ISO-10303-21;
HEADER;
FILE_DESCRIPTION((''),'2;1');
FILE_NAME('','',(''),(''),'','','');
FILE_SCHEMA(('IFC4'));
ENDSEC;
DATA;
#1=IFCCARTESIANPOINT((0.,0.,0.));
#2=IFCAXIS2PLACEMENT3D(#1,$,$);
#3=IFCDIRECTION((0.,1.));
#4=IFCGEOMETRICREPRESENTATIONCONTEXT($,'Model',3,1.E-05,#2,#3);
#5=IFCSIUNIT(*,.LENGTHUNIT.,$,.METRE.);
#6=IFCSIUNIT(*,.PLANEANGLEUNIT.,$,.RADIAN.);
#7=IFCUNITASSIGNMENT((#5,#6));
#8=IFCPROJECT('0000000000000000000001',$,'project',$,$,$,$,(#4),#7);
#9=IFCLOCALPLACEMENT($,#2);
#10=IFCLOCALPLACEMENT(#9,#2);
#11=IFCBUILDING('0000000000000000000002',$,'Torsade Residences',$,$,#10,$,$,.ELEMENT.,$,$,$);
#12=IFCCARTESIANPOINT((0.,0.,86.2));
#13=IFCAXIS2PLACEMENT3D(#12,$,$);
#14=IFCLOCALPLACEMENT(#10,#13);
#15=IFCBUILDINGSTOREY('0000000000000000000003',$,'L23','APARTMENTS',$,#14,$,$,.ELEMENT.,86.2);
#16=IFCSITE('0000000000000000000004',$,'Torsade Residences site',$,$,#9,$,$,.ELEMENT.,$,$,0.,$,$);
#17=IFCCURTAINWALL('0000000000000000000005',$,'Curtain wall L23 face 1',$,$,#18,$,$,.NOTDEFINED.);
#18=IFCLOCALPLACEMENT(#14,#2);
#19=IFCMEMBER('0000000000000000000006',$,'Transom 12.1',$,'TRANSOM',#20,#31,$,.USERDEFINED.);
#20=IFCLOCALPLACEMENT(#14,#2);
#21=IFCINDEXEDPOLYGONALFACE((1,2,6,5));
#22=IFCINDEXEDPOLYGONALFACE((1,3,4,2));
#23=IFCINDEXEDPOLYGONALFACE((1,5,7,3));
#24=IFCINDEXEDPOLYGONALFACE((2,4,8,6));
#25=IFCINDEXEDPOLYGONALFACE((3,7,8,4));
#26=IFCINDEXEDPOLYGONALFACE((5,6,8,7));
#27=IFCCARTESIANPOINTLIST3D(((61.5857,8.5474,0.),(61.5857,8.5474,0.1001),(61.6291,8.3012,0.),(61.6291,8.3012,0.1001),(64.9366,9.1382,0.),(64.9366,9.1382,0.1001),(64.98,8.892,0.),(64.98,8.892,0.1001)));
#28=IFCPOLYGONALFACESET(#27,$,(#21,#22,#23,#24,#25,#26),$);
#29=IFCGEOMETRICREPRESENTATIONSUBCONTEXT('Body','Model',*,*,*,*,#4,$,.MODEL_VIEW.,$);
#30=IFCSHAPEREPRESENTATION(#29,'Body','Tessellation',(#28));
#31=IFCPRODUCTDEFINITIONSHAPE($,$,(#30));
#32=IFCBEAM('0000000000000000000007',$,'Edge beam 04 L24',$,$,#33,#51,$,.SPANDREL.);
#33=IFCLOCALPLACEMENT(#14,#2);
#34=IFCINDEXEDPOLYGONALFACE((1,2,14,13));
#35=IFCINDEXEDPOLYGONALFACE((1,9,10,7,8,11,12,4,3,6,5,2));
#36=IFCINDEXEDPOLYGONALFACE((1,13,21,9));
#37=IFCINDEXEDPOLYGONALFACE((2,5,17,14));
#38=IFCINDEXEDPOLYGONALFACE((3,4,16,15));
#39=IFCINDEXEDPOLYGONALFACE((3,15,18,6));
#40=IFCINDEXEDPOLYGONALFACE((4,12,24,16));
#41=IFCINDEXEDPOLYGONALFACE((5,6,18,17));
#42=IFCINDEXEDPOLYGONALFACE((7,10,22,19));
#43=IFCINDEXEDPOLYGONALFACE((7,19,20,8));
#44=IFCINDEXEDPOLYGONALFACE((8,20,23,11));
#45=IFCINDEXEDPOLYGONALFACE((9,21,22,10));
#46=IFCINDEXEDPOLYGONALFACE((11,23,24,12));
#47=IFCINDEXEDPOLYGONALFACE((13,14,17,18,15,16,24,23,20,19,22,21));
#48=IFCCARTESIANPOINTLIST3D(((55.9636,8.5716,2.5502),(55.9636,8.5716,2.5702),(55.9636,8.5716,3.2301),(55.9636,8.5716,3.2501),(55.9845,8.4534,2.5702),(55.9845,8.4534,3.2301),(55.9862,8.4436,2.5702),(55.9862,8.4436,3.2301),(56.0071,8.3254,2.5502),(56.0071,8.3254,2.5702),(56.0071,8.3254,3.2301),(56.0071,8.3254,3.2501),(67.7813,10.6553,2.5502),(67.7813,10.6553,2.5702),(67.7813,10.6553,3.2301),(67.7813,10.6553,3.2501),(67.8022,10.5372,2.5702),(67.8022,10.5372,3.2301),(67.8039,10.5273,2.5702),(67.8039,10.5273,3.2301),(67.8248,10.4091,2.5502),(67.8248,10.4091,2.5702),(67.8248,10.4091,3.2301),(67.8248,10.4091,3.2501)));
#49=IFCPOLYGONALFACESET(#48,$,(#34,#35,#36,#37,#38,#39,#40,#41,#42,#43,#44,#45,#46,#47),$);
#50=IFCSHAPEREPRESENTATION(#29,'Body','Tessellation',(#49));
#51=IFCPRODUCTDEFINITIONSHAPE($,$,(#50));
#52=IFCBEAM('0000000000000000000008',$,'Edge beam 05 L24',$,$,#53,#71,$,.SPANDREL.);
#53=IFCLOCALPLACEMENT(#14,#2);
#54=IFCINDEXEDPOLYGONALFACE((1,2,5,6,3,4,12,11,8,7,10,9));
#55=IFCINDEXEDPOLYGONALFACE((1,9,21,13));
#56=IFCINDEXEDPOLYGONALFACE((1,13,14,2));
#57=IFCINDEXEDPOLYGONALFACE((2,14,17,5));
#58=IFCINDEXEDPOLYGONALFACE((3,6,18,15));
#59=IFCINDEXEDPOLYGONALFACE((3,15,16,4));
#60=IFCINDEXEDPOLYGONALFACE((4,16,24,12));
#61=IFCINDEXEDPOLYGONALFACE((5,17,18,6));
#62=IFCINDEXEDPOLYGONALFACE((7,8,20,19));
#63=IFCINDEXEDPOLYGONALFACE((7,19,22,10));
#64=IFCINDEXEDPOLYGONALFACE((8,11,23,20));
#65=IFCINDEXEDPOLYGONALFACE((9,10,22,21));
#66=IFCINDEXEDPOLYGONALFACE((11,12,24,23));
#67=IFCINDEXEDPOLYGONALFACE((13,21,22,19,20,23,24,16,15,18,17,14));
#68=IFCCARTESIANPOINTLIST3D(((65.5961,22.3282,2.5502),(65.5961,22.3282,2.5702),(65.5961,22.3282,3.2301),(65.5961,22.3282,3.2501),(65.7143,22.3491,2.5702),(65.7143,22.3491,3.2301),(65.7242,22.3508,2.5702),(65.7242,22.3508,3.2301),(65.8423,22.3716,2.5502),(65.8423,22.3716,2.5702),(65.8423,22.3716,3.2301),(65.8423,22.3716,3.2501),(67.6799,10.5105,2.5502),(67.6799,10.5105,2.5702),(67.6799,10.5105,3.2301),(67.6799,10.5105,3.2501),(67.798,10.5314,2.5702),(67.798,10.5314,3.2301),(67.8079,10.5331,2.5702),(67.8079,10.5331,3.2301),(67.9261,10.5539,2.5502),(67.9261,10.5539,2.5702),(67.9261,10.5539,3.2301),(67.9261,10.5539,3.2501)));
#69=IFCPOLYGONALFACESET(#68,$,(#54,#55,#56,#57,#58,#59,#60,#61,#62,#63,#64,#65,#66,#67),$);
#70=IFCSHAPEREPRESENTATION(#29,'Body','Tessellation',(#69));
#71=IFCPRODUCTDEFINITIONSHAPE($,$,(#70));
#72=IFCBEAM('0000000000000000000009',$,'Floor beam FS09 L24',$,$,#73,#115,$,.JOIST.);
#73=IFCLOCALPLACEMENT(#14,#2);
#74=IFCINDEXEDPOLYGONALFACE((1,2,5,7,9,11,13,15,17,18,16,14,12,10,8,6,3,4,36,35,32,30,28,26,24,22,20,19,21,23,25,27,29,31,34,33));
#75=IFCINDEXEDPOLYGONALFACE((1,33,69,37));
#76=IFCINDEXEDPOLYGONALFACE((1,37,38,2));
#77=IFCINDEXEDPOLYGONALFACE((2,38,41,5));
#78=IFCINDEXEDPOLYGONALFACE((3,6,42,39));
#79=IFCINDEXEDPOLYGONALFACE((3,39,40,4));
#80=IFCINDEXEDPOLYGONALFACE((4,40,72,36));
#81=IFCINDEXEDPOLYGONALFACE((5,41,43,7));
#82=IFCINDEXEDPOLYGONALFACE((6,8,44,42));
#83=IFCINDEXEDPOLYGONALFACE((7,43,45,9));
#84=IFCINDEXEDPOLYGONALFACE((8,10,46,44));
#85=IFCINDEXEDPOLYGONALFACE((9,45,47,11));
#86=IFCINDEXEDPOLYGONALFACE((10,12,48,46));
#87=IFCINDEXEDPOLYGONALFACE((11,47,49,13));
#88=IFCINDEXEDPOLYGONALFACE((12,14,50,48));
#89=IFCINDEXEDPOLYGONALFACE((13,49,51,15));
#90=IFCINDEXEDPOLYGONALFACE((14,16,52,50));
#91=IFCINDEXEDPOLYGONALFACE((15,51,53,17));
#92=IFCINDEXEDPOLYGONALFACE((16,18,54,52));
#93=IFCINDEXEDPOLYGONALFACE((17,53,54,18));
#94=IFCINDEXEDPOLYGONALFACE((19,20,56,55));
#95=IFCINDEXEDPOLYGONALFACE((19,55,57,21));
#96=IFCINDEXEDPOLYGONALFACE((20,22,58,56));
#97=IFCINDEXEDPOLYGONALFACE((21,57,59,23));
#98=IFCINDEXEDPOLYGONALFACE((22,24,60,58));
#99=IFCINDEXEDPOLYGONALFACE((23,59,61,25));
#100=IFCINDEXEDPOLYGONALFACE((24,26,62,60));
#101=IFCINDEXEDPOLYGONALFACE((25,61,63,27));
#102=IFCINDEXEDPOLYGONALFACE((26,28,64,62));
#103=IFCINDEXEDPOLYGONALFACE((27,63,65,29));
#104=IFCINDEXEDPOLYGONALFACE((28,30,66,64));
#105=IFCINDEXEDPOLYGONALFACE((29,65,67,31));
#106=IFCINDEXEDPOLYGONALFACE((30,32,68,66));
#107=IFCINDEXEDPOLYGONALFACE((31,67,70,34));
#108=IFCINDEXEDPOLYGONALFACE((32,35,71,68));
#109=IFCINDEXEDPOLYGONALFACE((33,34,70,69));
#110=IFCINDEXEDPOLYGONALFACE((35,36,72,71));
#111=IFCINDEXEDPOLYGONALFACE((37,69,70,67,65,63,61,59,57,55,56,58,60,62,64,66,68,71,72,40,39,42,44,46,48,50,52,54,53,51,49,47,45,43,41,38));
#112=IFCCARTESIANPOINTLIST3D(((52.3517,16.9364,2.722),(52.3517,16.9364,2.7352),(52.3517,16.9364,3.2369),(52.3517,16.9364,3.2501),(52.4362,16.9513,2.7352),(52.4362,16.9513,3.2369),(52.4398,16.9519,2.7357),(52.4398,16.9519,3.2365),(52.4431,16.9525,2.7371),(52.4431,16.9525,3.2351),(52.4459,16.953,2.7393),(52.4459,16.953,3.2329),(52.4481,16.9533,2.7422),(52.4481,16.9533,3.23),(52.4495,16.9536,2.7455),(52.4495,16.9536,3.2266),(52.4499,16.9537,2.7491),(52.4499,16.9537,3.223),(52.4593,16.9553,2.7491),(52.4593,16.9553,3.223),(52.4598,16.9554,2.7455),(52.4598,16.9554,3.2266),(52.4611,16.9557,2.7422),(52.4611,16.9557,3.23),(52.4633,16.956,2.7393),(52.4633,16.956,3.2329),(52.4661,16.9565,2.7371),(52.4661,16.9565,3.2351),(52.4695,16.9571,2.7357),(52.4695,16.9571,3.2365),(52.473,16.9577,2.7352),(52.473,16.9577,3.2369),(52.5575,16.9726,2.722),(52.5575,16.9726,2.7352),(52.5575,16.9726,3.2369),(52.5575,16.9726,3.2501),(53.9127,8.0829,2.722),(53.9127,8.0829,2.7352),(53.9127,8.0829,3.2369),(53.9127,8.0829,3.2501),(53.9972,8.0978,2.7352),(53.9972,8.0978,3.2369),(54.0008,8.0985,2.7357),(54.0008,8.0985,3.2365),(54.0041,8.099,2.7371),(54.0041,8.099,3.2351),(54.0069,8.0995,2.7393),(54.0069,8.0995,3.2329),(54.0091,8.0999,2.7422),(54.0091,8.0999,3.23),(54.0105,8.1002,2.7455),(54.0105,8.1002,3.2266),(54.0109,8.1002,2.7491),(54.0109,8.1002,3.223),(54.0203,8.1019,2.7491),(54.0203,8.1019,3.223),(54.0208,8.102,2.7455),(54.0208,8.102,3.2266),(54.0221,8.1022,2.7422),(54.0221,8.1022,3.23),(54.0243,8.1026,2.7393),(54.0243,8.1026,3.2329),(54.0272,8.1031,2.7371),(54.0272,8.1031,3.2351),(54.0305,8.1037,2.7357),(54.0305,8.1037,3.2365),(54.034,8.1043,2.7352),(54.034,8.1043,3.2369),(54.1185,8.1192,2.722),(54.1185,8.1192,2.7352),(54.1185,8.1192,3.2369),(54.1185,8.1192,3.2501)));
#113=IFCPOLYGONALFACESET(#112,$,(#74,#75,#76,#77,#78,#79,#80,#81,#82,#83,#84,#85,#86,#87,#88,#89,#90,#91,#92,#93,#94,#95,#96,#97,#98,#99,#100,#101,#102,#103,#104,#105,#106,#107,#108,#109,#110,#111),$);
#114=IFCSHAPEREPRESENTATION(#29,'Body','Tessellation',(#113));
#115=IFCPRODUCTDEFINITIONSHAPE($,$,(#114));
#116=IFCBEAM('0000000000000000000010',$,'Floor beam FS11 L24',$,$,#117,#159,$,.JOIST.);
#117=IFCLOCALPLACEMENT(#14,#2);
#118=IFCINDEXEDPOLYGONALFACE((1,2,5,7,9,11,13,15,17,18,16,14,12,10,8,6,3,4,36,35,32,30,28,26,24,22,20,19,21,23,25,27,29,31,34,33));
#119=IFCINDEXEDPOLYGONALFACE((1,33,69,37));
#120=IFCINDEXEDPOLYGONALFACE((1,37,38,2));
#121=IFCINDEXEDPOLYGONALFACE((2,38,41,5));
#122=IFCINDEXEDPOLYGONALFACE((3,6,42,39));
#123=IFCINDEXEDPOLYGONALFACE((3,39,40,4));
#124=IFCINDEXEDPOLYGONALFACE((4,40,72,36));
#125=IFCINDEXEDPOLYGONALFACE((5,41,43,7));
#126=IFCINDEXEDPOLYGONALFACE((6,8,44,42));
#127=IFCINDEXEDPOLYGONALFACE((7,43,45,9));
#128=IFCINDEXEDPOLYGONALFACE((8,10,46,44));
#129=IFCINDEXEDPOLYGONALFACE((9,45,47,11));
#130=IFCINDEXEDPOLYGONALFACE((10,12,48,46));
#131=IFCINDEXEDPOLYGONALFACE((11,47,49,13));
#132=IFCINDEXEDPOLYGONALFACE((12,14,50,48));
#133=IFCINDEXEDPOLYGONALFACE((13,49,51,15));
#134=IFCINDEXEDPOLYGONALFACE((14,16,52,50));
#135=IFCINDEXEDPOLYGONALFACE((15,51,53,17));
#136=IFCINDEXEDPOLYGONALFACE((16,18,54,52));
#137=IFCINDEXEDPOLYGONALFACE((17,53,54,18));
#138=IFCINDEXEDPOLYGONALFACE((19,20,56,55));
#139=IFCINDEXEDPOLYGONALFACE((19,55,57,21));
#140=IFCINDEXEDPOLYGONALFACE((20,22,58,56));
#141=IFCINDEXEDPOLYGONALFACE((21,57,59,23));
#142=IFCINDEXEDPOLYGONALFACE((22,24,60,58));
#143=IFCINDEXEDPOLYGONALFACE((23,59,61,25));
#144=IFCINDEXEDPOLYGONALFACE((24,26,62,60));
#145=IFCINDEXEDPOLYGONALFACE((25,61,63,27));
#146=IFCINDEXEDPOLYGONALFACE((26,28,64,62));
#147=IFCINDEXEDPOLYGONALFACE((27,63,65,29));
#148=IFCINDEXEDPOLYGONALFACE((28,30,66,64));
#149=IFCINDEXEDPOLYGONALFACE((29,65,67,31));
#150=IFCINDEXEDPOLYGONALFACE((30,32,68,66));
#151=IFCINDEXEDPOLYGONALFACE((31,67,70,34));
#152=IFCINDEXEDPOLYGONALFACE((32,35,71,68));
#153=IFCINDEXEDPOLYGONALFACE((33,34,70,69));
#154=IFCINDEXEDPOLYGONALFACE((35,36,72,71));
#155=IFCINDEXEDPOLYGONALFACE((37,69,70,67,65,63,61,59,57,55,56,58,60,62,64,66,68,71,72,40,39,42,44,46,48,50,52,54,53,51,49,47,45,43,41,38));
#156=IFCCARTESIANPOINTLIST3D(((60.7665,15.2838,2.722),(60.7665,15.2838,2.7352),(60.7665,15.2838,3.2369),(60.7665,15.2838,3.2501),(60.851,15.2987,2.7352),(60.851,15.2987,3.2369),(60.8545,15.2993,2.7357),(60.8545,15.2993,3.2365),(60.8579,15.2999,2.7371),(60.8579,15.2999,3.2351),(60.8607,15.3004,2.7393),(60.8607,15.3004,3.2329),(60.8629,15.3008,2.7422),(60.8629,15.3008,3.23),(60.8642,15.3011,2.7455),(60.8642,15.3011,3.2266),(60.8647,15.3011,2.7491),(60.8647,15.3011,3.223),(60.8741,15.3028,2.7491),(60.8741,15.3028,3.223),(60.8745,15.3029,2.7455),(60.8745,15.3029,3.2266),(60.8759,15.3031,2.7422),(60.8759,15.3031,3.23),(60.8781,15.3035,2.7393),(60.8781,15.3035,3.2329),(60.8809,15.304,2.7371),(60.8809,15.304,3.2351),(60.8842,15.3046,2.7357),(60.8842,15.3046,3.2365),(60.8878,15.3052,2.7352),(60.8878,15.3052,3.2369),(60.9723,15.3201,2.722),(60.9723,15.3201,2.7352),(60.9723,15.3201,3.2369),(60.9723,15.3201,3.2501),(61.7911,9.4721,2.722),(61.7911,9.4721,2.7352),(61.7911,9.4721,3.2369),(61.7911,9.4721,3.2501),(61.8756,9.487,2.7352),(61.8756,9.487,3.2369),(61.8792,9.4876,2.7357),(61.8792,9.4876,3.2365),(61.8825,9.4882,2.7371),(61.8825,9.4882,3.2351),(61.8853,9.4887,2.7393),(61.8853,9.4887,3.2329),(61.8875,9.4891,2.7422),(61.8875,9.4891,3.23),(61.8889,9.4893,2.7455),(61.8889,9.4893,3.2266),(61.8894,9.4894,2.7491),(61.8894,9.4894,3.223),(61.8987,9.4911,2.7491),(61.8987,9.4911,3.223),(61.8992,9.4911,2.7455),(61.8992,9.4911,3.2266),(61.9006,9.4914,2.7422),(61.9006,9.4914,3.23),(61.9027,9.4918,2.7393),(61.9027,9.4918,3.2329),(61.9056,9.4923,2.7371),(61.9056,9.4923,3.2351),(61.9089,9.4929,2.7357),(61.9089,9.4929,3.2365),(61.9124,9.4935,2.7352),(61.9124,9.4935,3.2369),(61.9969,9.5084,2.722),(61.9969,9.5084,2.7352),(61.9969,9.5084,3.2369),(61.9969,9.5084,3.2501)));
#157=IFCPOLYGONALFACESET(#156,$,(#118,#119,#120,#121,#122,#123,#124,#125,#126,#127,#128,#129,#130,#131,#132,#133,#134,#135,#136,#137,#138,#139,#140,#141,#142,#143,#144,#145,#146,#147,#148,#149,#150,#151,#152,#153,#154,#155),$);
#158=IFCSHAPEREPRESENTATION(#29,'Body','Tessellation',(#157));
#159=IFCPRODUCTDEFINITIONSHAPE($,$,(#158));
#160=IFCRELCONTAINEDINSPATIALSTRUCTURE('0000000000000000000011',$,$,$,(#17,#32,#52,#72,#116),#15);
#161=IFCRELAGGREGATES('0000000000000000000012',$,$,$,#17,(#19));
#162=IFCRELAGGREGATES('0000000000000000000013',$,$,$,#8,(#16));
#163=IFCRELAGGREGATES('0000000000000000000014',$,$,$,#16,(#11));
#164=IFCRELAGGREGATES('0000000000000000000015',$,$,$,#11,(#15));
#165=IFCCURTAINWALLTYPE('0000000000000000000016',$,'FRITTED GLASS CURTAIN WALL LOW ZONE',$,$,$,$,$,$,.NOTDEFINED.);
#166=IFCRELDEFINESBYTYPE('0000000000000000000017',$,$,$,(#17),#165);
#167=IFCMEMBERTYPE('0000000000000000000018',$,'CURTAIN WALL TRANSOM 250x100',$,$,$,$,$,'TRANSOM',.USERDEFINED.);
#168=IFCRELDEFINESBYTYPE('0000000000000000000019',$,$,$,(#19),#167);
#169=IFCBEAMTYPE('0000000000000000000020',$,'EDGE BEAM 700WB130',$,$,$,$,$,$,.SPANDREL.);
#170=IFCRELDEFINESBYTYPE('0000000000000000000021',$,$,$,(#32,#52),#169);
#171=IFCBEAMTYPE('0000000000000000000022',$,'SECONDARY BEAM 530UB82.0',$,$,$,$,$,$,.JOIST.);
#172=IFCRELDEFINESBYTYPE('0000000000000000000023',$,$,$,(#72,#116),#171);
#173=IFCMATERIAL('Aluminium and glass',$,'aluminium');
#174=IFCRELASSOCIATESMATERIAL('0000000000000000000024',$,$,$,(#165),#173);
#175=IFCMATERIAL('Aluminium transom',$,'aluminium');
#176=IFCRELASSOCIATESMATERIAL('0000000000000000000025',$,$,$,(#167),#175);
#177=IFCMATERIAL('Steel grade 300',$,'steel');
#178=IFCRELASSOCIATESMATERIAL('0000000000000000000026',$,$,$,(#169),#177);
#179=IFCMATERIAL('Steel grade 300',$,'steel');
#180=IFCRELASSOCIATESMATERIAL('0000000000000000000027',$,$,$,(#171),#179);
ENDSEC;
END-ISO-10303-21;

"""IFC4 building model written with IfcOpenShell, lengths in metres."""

from ifc_helpers import new_model, si_unit, direction, frame, origin, origin_2d, place, context, subcontext, project, spatial, rectangle, i_section, extrude, material, material_profile, profile_set, type_object, element, aggregate, save


model = new_model("IFC4")

# Units and contexts
model_context = context("Model", 3, precision=1e-05, world=origin(), true_north=direction((0.0, 1.0)))
body_context = subcontext(model_context, "Body", "Model", "MODEL_VIEW")
ifc_project = project(units=[si_unit("LENGTHUNIT", "METRE"), si_unit("PLANEANGLEUNIT", "RADIAN")], contexts=[model_context])

# Site, building, storey
site_placement = place(None, origin())
site = spatial("IfcSite", under=ifc_project, at=site_placement, Name="Torsade Residences site", CompositionType="ELEMENT", RefElevation=0.0)
building_placement = place(site_placement, origin())
building = spatial("IfcBuilding", under=site, at=building_placement, Name="Torsade Residences", CompositionType="ELEMENT")
storey_placement = place(building_placement, frame((0.0, 0.0, 86.2)))
storey = spatial("IfcBuildingStorey", under=building, at=storey_placement, Name="L23", Description="APARTMENTS", CompositionType="ELEMENT", Elevation=86.2)

# Curtain wall, member
ifc_material_1 = material(Name="Aluminium and glass", Category="aluminium")
curtain_wall_type = type_object("IfcCurtainWallType", Name="FRITTED GLASS CURTAIN WALL LOW ZONE", PredefinedType="NOTDEFINED", material=ifc_material_1)
curtain_wall_placement = place(storey_placement, origin())
curtain_wall = element("IfcCurtainWall", 1, at=curtain_wall_placement, inside=storey, type_object=curtain_wall_type, Name="Curtain wall L23 face 1", PredefinedType="NOTDEFINED")
ifc_material_2 = material(Name="Aluminium transom", Category="aluminium")
ifc_material_profile_1 = material_profile(ifc_material_2, rectangle(XDim=0.25, YDim=0.1001, at=origin_2d()), Name="CURTAIN WALL TRANSOM 250x100")
ifc_profile_set_1 = profile_set([ifc_material_profile_1], Name="Aluminium transom")
member_type_1 = type_object("IfcMemberType", Name="CURTAIN WALL TRANSOM 250x100", ElementType="TRANSOM", PredefinedType="USERDEFINED", material=ifc_profile_set_1)
member_1_placement = place(storey_placement, frame((61.6074, 8.4243, 0.05), z_axis=(0.984809, 0.173642, 0.0), x_axis=(-0.173642, 0.984809, 0.0)))
member_1 = element("IfcMember", 2, at=member_1_placement, type_object=member_type_1, Name="Transom 12.1", ObjectType="TRANSOM", PredefinedType="USERDEFINED", context=body_context, shape_type="SweptSolid", body=[
    extrude(rectangle(XDim=0.25, YDim=0.1001, at=origin_2d()), origin(), (0.0, 0.0, 1.0), 3.4026),
])

# Beams
ifc_material_3 = material(Name="Steel grade 300", Category="steel")
ifc_material_profile_2 = material_profile(ifc_material_3, i_section(OverallWidth=0.25, OverallDepth=0.7, WebThickness=0.01, FlangeThickness=0.02, at=origin_2d()), Name="700WB130")
ifc_profile_set_2 = profile_set([ifc_material_profile_2], Name="Steel grade 300")
beam_type_1 = type_object("IfcBeamType", Name="EDGE BEAM 700WB130", PredefinedType="SPANDREL", material=ifc_profile_set_2)
for number, where, z_axis, x_axis, name in (
    (3, (55.9854, 8.4485, 2.9001), (0.984808, 0.173646, 0.0), (-0.173646, 0.984808, 0.0), "Edge beam 04 L24"),
    (4, (67.803, 10.5322, 2.9001), (-0.173646, 0.984808, 0.0), (-0.984808, -0.173646, 0.0), "Edge beam 05 L24"),
):
    element("IfcBeam", number, at=place(storey_placement, frame(where, z_axis=z_axis, x_axis=x_axis)), inside=storey, type_object=beam_type_1, Name=name, PredefinedType="SPANDREL", context=body_context, shape_type="SweptSolid", body=[
        extrude(i_section(OverallWidth=0.25, OverallDepth=0.7, WebThickness=0.01, FlangeThickness=0.02, at=origin_2d()), origin(), (0.0, 0.0, 1.0), 12.0),
    ])
ifc_material_4 = material(Name="Steel grade 300", Category="steel")
ifc_material_profile_3 = material_profile(ifc_material_4, i_section(OverallWidth=0.209, OverallDepth=0.5281, WebThickness=0.0095, FlangeThickness=0.0132, FilletRadius=0.0139, at=origin_2d()), Name="530UB82.0")
ifc_profile_set_3 = profile_set([ifc_material_profile_3], Name="Steel grade 300")
beam_type_2 = type_object("IfcBeamType", Name="SECONDARY BEAM 530UB82.0", PredefinedType="JOIST", material=ifc_profile_set_3)
beam_1_placement = place(storey_placement, frame((54.0156, 8.1011, 2.9861), z_axis=(-0.17364, 0.984809, 0.0), x_axis=(-0.984809, -0.17364, 0.0)))
element("IfcBeam", 5, at=beam_1_placement, inside=storey, type_object=beam_type_2, Name="Floor beam FS09 L24", PredefinedType="JOIST", context=body_context, shape_type="SweptSolid", body=[
    extrude(i_section(OverallWidth=0.209, OverallDepth=0.5281, WebThickness=0.0095, FlangeThickness=0.0132, FilletRadius=0.0139, at=origin_2d()), origin(), (0.0, 0.0, 1.0), 8.99),
])
beam_2_placement = place(storey_placement, frame((61.894, 9.4902, 2.9861), z_axis=(-0.17363, 0.984811, 0.0), x_axis=(-0.984811, -0.17363, 0.0)))
element("IfcBeam", 6, at=beam_2_placement, inside=storey, type_object=beam_type_2, Name="Floor beam FS11 L24", PredefinedType="JOIST", context=body_context, shape_type="SweptSolid", body=[
    extrude(i_section(OverallWidth=0.209, OverallDepth=0.5281, WebThickness=0.0095, FlangeThickness=0.0132, FilletRadius=0.0139, at=origin_2d()), origin(), (0.0, 0.0, 1.0), 5.9014),
])

aggregate(curtain_wall, [member_1])

save(model, "model.ifc")
